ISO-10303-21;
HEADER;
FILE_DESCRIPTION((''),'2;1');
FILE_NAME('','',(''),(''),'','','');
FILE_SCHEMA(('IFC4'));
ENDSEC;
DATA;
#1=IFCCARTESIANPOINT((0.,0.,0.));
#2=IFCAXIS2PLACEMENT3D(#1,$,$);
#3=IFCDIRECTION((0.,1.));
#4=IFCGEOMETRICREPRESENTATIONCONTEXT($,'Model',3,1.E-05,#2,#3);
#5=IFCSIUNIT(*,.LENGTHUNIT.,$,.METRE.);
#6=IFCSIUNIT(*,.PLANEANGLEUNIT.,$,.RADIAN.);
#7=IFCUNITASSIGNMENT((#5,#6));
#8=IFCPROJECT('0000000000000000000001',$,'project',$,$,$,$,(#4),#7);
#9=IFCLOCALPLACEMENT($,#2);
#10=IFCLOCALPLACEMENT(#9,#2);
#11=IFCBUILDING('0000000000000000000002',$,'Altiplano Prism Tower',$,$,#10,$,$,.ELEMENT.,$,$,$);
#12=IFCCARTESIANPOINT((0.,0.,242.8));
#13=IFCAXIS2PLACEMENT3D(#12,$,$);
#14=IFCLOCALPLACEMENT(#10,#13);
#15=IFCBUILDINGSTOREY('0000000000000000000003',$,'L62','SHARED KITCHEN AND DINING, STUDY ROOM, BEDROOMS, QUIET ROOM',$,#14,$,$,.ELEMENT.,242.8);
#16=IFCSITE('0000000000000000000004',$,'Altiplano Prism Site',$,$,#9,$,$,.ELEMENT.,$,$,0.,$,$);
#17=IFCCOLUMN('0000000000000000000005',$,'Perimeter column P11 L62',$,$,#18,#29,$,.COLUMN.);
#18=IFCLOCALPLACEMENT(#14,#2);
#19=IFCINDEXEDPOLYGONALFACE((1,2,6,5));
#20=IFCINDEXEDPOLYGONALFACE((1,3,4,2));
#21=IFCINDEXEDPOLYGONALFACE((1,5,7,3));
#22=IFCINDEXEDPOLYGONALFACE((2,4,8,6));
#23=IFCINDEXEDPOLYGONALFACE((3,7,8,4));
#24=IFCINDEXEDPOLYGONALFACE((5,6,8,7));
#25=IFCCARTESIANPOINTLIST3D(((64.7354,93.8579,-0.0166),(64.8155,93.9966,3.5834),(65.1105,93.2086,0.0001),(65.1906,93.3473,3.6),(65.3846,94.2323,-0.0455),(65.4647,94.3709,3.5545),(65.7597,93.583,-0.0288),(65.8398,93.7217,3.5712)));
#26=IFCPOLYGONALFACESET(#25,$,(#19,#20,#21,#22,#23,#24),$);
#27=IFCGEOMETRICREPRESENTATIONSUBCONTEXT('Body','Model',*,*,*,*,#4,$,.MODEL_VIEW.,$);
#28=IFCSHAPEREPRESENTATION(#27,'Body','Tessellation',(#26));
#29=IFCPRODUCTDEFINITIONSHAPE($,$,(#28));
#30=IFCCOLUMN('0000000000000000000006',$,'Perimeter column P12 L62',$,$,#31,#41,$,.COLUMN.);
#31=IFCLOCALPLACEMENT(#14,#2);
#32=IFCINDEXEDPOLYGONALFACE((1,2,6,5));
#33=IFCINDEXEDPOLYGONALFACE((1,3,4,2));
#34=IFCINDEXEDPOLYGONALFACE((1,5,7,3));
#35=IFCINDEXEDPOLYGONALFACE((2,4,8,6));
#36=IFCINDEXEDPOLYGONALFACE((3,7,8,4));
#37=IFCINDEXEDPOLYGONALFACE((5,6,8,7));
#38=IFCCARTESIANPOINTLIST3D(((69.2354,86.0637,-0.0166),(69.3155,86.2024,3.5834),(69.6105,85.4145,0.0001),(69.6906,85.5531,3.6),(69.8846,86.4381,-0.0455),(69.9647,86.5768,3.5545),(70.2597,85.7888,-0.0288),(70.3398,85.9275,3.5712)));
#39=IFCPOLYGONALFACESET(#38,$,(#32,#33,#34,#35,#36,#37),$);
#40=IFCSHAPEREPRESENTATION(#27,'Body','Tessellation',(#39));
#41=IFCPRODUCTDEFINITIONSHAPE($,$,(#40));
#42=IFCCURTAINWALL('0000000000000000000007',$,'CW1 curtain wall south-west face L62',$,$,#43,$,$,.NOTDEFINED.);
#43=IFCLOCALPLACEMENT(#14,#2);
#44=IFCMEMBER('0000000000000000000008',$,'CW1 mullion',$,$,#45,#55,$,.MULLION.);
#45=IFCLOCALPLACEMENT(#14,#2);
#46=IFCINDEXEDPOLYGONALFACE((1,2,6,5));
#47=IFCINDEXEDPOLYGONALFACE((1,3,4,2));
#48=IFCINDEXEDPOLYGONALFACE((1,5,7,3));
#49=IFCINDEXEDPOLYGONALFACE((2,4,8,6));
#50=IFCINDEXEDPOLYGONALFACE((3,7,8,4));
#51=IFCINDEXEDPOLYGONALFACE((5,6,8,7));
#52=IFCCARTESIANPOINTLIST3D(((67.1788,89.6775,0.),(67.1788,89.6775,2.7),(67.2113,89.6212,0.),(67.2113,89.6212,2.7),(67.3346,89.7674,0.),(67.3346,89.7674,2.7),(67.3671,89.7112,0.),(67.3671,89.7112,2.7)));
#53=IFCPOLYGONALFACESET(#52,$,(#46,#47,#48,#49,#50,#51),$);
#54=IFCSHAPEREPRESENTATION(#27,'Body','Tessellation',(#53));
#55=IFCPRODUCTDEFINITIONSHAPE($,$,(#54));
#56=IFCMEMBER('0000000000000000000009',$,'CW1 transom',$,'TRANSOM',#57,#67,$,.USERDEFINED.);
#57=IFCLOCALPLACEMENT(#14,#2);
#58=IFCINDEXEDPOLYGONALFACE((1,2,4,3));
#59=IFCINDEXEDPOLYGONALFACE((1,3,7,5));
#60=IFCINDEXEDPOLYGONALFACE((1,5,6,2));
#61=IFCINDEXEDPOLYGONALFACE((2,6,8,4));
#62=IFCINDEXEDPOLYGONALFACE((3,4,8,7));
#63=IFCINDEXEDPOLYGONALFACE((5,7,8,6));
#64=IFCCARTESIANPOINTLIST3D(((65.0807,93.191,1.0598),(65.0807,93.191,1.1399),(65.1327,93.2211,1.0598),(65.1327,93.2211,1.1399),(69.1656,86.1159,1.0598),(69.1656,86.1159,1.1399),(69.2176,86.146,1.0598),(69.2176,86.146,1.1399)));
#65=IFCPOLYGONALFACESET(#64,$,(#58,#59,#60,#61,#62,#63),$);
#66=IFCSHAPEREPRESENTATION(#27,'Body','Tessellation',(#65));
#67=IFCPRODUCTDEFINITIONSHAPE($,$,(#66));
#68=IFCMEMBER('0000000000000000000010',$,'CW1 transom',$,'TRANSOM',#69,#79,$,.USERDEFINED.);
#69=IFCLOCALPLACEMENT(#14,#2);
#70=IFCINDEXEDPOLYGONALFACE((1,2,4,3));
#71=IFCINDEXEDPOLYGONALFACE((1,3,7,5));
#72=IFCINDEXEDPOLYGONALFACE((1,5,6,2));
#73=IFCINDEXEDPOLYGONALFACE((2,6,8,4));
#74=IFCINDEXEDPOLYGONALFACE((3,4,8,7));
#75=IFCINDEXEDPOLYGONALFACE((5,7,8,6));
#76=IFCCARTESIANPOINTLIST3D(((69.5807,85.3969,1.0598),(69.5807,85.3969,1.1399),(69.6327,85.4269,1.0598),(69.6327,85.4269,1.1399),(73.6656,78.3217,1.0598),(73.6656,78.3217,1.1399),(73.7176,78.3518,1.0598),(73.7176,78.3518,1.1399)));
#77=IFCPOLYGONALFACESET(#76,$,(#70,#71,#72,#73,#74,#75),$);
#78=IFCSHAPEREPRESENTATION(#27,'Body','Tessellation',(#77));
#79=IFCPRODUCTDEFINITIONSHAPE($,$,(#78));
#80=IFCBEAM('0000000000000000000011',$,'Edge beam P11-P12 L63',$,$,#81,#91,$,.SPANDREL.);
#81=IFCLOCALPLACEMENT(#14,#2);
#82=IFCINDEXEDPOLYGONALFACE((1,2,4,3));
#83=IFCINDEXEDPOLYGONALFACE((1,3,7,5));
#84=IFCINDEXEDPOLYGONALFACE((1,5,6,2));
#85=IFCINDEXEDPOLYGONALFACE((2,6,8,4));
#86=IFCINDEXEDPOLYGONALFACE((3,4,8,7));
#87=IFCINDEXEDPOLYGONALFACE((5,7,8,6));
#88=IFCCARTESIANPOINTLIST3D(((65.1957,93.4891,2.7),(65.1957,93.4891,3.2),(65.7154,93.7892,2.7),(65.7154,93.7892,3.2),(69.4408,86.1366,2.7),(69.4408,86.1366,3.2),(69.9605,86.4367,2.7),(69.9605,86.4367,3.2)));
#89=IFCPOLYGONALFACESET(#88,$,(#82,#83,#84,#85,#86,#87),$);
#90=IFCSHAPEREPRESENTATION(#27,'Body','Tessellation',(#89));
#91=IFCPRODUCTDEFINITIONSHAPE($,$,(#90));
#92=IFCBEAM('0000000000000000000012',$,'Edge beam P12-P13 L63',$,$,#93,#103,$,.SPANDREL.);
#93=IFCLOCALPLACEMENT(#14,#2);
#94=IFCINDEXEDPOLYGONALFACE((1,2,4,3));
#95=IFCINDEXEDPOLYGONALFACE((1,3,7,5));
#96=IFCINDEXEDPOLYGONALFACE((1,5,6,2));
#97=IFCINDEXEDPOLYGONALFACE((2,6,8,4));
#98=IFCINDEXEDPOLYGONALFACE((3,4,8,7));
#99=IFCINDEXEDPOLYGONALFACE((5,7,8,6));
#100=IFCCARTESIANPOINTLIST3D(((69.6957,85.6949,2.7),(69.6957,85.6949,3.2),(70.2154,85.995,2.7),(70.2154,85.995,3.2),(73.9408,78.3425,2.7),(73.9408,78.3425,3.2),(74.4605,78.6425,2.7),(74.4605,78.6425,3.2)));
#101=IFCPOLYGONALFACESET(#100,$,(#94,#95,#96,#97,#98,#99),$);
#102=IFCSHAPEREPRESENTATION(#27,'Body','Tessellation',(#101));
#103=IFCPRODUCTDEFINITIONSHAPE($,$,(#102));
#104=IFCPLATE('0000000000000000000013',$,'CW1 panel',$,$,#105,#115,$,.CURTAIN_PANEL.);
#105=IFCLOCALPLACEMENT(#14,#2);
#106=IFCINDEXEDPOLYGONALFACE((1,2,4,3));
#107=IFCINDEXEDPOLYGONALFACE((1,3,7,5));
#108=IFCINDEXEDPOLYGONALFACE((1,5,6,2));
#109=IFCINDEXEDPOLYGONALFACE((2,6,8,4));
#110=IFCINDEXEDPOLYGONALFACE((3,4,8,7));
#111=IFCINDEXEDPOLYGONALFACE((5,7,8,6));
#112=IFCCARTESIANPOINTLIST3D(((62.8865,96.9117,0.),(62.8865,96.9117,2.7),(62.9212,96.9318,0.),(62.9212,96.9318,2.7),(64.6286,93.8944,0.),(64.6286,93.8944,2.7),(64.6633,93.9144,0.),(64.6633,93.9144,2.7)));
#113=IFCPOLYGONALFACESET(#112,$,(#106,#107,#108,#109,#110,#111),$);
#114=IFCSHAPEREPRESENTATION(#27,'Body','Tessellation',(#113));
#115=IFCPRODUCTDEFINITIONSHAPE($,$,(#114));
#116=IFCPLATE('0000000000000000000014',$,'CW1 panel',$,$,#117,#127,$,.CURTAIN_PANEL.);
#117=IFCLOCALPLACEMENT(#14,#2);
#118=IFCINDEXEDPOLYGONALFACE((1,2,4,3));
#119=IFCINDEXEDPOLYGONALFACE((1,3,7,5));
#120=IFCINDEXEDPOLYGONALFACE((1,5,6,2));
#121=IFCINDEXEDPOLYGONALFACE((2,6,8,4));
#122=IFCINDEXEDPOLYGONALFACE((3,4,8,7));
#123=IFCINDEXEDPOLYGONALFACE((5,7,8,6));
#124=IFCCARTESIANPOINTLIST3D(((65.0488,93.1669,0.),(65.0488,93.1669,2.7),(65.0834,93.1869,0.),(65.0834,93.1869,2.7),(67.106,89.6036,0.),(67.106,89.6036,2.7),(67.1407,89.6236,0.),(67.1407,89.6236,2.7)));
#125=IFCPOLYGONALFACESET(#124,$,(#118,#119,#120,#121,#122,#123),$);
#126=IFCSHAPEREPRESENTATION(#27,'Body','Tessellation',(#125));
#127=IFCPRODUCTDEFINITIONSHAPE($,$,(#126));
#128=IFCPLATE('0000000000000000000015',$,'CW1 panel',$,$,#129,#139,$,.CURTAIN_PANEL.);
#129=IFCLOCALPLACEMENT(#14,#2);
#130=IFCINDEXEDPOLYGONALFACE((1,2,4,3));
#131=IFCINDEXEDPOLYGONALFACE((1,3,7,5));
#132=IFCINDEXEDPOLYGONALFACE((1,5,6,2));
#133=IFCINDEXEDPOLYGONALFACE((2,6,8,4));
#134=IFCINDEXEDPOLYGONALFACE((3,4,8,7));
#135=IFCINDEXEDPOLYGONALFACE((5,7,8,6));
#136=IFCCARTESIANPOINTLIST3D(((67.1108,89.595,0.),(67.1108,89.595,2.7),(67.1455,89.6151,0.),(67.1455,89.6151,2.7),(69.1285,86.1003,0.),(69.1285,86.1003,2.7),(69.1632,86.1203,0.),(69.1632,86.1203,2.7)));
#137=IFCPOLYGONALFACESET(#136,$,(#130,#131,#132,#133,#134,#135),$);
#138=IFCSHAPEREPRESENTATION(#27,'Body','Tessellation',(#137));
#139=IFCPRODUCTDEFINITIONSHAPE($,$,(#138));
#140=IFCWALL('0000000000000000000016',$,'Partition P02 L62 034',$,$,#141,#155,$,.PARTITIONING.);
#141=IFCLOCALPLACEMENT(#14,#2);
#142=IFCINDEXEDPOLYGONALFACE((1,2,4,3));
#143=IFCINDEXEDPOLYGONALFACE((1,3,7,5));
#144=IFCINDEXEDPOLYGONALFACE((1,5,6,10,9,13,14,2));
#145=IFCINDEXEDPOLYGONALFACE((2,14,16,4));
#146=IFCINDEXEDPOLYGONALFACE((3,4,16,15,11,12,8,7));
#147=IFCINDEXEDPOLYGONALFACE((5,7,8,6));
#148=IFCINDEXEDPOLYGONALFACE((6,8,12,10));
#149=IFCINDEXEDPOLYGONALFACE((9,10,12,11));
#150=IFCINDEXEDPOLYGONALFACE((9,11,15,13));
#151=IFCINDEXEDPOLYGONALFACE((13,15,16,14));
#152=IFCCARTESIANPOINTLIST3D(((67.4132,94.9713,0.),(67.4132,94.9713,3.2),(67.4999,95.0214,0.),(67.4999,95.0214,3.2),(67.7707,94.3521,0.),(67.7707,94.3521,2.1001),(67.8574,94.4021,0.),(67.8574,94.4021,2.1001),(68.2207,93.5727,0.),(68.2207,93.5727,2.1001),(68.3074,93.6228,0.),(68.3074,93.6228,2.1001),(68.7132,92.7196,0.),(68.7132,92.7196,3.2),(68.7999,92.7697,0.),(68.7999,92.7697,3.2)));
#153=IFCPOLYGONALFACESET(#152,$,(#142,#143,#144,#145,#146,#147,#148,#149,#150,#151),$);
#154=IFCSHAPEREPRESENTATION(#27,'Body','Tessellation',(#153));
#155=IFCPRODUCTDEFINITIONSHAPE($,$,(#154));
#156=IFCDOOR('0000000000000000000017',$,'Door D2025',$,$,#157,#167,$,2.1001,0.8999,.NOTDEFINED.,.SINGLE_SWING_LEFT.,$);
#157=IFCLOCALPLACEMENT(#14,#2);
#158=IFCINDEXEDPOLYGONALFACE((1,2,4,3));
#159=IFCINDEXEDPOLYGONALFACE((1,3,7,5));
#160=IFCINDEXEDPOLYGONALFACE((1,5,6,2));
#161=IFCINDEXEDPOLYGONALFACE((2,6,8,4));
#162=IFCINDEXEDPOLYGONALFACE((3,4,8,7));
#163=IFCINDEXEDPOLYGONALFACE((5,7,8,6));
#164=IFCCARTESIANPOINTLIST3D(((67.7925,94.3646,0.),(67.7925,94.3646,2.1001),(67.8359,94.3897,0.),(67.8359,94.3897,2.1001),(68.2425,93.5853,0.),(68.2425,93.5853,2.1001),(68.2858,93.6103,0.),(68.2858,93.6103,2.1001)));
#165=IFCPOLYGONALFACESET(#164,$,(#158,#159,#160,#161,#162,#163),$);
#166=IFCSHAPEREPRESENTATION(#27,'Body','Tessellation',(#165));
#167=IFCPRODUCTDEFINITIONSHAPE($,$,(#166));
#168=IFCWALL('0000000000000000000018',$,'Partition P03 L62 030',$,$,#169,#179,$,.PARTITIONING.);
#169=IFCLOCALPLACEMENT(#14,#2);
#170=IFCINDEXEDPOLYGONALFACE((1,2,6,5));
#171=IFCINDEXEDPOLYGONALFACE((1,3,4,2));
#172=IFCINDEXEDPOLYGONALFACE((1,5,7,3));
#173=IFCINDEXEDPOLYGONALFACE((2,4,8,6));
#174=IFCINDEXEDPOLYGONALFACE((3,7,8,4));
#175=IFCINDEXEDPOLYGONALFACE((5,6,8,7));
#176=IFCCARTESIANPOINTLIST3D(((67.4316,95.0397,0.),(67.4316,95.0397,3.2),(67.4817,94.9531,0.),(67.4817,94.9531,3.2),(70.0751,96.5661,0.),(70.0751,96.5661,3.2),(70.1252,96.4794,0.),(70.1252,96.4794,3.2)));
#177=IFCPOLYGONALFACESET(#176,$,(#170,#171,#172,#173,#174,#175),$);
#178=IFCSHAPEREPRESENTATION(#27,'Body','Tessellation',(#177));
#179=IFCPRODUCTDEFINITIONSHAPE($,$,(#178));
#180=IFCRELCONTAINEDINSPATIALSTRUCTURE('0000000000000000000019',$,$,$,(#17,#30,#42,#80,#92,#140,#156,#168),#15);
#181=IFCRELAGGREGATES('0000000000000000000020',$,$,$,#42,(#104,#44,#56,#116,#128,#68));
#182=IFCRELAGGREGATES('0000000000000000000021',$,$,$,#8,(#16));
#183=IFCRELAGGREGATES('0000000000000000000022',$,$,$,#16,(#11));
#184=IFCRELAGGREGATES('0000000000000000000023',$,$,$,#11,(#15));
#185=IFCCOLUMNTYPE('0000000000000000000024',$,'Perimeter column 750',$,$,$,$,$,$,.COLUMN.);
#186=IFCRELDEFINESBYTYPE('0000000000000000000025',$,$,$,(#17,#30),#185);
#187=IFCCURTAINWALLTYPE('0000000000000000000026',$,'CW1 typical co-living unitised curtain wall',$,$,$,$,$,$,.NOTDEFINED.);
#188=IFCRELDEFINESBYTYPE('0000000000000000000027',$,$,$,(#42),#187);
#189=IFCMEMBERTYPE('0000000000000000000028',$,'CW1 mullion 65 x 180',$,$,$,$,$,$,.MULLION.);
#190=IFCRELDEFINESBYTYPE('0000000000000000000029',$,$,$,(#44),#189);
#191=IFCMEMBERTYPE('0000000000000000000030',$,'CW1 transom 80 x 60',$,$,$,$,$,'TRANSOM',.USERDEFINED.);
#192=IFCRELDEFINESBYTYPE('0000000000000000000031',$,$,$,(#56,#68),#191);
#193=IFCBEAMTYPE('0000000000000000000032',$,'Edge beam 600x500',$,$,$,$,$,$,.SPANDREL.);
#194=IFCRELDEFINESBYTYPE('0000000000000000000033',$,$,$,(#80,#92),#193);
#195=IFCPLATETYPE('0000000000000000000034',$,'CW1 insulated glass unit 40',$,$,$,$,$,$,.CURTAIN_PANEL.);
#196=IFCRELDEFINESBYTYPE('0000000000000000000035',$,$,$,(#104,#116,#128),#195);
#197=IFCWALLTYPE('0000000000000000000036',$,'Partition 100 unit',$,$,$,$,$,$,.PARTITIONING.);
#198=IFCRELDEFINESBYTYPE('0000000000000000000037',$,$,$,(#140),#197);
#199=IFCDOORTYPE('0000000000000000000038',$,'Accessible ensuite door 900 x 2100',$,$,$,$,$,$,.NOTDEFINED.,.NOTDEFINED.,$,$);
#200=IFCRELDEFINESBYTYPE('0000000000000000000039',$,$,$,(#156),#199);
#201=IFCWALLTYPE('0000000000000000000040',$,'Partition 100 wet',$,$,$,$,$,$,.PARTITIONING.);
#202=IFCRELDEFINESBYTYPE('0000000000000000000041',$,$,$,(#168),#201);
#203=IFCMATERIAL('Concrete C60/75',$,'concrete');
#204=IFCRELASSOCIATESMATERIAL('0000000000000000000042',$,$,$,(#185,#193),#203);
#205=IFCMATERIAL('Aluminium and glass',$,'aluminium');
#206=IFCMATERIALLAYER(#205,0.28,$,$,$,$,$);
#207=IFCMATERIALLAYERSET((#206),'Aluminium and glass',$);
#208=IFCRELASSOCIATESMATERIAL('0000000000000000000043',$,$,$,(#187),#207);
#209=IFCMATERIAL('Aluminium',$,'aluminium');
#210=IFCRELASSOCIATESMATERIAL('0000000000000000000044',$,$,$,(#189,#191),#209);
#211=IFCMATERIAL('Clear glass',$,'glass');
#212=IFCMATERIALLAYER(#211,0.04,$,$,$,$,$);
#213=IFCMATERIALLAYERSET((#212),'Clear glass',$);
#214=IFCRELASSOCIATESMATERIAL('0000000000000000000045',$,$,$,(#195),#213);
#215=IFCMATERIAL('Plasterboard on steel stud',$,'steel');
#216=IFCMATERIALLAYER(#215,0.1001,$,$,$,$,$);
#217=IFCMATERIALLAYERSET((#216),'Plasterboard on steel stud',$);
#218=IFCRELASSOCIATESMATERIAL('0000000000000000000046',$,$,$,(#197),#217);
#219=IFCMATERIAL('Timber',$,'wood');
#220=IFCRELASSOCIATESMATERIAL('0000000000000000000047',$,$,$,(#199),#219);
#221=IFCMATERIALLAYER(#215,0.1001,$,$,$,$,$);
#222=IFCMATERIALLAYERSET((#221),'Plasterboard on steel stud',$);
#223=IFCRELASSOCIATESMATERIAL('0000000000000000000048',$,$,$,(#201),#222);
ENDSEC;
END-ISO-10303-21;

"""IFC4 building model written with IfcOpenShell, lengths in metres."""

from ifc_helpers import new_model, si_unit, direction, frame, frame_2d, origin, origin_2d, place, context, subcontext, project, spatial, rectangle, extrude, material, layer, layer_set, material_profile, profile_set, type_object, element, fill, aggregate, save


model = new_model("IFC4")

# Units and contexts
model_context = context("Model", 3, precision=1e-05, world=origin(), true_north=direction((0.0, 1.0)))
body_context = subcontext(model_context, "Body", "Model", "MODEL_VIEW")
ifc_project = project(units=[si_unit("LENGTHUNIT", "METRE"), si_unit("PLANEANGLEUNIT", "RADIAN")], contexts=[model_context])

# Site, building, storey
site_placement = place(None, origin())
site = spatial("IfcSite", under=ifc_project, at=site_placement, Name="Altiplano Prism Site", CompositionType="ELEMENT", RefElevation=0.0)
building_placement = place(site_placement, origin())
building = spatial("IfcBuilding", under=site, at=building_placement, Name="Altiplano Prism Tower", CompositionType="ELEMENT")
storey_placement = place(building_placement, frame((0.0, 0.0, 242.8)))
storey = spatial("IfcBuildingStorey", under=building, at=storey_placement, Name="L62", Description="SHARED KITCHEN AND DINING, STUDY ROOM, BEDROOMS, QUIET ROOM", CompositionType="ELEMENT", Elevation=242.8)

# Columns
ifc_material_1 = material(Name="Concrete C60/75", Category="concrete")
ifc_material_profile_1 = material_profile(ifc_material_1, rectangle(XDim=0.75, YDim=0.75, at=origin_2d()), Name="Perimeter column 750")
ifc_profile_set_1 = profile_set([ifc_material_profile_1], Name="Concrete C60/75")
column_type = type_object("IfcColumnType", Name="Perimeter column 750", PredefinedType="COLUMN", material=ifc_profile_set_1)
for number, where, z_axis, x_axis, name in (
    (1, (65.2476, 93.7205, -0.0227), (0.022223, 0.038483, 0.999012), (-0.865642, -0.499182, 0.038485), "Perimeter column P11 L62"),
    (2, (69.7476, 85.9263, -0.0227), (0.022223, 0.038483, 0.999012), (-0.865642, -0.499182, 0.038485), "Perimeter column P12 L62"),
):
    element("IfcColumn", number, at=place(storey_placement, frame(where, z_axis=z_axis, x_axis=x_axis)), inside=storey, type_object=column_type, Name=name, PredefinedType="COLUMN", context=body_context, shape_type="SweptSolid", body=[
        extrude(rectangle(XDim=0.75, YDim=0.75, at=origin_2d()), origin(), (0.0, 0.0, 1.0), 3.6035),
    ])

# Curtain wall, members
ifc_material_2 = material(Name="Aluminium and glass", Category="aluminium")
ifc_layer_1 = layer(ifc_material_2, 0.28)
ifc_layer_set_1 = layer_set([ifc_layer_1], Name="Aluminium and glass")
curtain_wall_type = type_object("IfcCurtainWallType", Name="CW1 typical co-living unitised curtain wall", PredefinedType="NOTDEFINED", material=ifc_layer_set_1)
curtain_wall_placement = place(storey_placement, origin())
curtain_wall = element("IfcCurtainWall", 3, at=curtain_wall_placement, inside=storey, type_object=curtain_wall_type, Name="CW1 curtain wall south-west face L62", PredefinedType="NOTDEFINED")
ifc_material_3 = material(Name="Aluminium", Category="aluminium")
ifc_material_profile_2 = material_profile(ifc_material_3, rectangle(XDim=0.1799, YDim=0.0649, at=origin_2d()), Name="CW1 mullion 65 x 180")
ifc_profile_set_2 = profile_set([ifc_material_profile_2], Name="Aluminium")
member_type_1 = type_object("IfcMemberType", Name="CW1 mullion 65 x 180", PredefinedType="MULLION", material=ifc_profile_set_2)
member_1_placement = place(storey_placement, frame((67.2729, 89.6943, 0.0), z_axis=(0.0, 0.0, 1.0), x_axis=(0.866025, 0.5, 0.0)))
member_1 = element("IfcMember", 4, at=member_1_placement, type_object=member_type_1, Name="CW1 mullion", PredefinedType="MULLION", context=body_context, shape_type="SweptSolid", body=[
    extrude(rectangle(XDim=0.1799, YDim=0.0649, at=origin_2d()), origin(), (0.0, 0.0, 1.0), 2.7),
])
ifc_material_profile_3 = material_profile(ifc_material_3, rectangle(XDim=0.0601, YDim=0.0801, at=origin_2d()), Name="CW1 transom 80 x 60")
ifc_profile_set_3 = profile_set([ifc_material_profile_3], Name="Aluminium")
member_type_2 = type_object("IfcMemberType", Name="CW1 transom 80 x 60", ElementType="TRANSOM", PredefinedType="USERDEFINED", material=ifc_profile_set_3)
member_2_placement = place(storey_placement, frame((65.1067, 93.2061, 1.0999), z_axis=(0.500009, -0.86602, 0.0), x_axis=(0.86602, 0.500009, 0.0)))
member_2 = element("IfcMember", 5, at=member_2_placement, type_object=member_type_2, Name="CW1 transom", ObjectType="TRANSOM", PredefinedType="USERDEFINED", context=body_context, shape_type="SweptSolid", body=[
    extrude(rectangle(XDim=0.0601, YDim=0.0801, at=origin_2d()), origin(), (0.0, 0.0, 1.0), 8.1697),
])
member_3_placement = place(storey_placement, frame((69.6067, 85.4119, 1.0999), z_axis=(0.500009, -0.86602, 0.0), x_axis=(0.86602, 0.500009, 0.0)))
member_3 = element("IfcMember", 6, at=member_3_placement, type_object=member_type_2, Name="CW1 transom", ObjectType="TRANSOM", PredefinedType="USERDEFINED", context=body_context, shape_type="SweptSolid", body=[
    extrude(rectangle(XDim=0.0601, YDim=0.0801, at=origin_2d()), origin(), (0.0, 0.0, 1.0), 8.1697),
])

# Beams
ifc_material_profile_4 = material_profile(ifc_material_1, rectangle(XDim=0.6001, YDim=0.5, at=origin_2d()), Name="Edge beam 600x500")
ifc_profile_set_4 = profile_set([ifc_material_profile_4], Name="Concrete C60/75")
beam_type = type_object("IfcBeamType", Name="Edge beam 600x500", PredefinedType="SPANDREL", material=ifc_profile_set_4)
for number, where, z_axis, x_axis, name in (
    (7, (65.4556, 93.6392, 2.95), (0.500011, -0.866019, 0.0), (0.866019, 0.500011, 0.0), "Edge beam P11-P12 L63"),
    (8, (69.9556, 85.845, 2.95), (0.500011, -0.866019, 0.0), (0.866019, 0.500011, 0.0), "Edge beam P12-P13 L63"),
):
    element("IfcBeam", number, at=place(storey_placement, frame(where, z_axis=z_axis, x_axis=x_axis)), inside=storey, type_object=beam_type, Name=name, PredefinedType="SPANDREL", context=body_context, shape_type="SweptSolid", body=[
        extrude(rectangle(XDim=0.6001, YDim=0.5, at=origin_2d()), origin(), (0.0, 0.0, 1.0), 8.49),
    ])

# Plates
ifc_material_4 = material(Name="Clear glass", Category="glass")
ifc_layer_2 = layer(ifc_material_4, 0.04)
ifc_layer_set_2 = layer_set([ifc_layer_2], Name="Clear glass")
plate_type = type_object("IfcPlateType", Name="CW1 insulated glass unit 40", PredefinedType="CURTAIN_PANEL", material=ifc_layer_set_2)
plate_1_placement = place(storey_placement, frame((63.7749, 95.4131, 0.0), z_axis=(0.0, 0.0, 1.0), x_axis=(0.5, -0.866025, 0.0)))
plate_1 = element("IfcPlate", 9, at=plate_1_placement, type_object=plate_type, Name="CW1 panel", PredefinedType="CURTAIN_PANEL", context=body_context, shape_type="SweptSolid", body=[
    extrude(rectangle(XDim=3.4841, YDim=0.04, at=origin_2d()), origin(), (0.0, 0.0, 1.0), 2.7),
])
plate_2_placement = place(storey_placement, frame((66.0947, 91.3953, 0.0), z_axis=(0.0, 0.0, 1.0), x_axis=(0.5, -0.866025, 0.0)))
plate_2 = element("IfcPlate", 10, at=plate_2_placement, type_object=plate_type, Name="CW1 panel", PredefinedType="CURTAIN_PANEL", context=body_context, shape_type="SweptSolid", body=[
    extrude(rectangle(XDim=4.1145, YDim=0.04, at=origin_2d()), origin(), (0.0, 0.0, 1.0), 2.7),
])
plate_3_placement = place(storey_placement, frame((68.137, 87.8577, 0.0), z_axis=(0.0, 0.0, 1.0), x_axis=(0.5, -0.866025, 0.0)))
plate_3 = element("IfcPlate", 11, at=plate_3_placement, type_object=plate_type, Name="CW1 panel", PredefinedType="CURTAIN_PANEL", context=body_context, shape_type="SweptSolid", body=[
    extrude(rectangle(XDim=4.0354, YDim=0.04, at=origin_2d()), origin(), (0.0, 0.0, 1.0), 2.7),
])
aggregate(curtain_wall, [plate_1, member_1, member_2, plate_2, plate_3, member_3])

# Wall, opening, door
ifc_material_5 = material(Name="Plasterboard on steel stud", Category="steel")
ifc_layer_3 = layer(ifc_material_5, 0.1001)
ifc_layer_set_3 = layer_set([ifc_layer_3], Name="Plasterboard on steel stud")
wall_type_1 = type_object("IfcWallType", Name="Partition 100 unit", PredefinedType="PARTITIONING", material=ifc_layer_set_3)
wall_1_placement = place(storey_placement, frame((68.7566, 92.7446, 0.0), z_axis=(0.0, 0.0, 1.0), x_axis=(-0.500007, 0.866021, 0.0)))
wall_1 = element("IfcWall", 12, at=wall_1_placement, inside=storey, type_object=wall_type_1, Name="Partition P02 L62 034", PredefinedType="PARTITIONING", context=body_context, shape_type="SweptSolid", body=[
    extrude(rectangle(XDim=2.6001, YDim=0.1001, at=frame_2d((1.3, 0.0))), origin(), (0.0, 0.0, 1.0), 3.2),
])
opening_placement = place(wall_1_placement, frame((0.9851, 0.0, 0.0)))
opening = element("IfcOpeningElement", 13, at=opening_placement, cuts=wall_1, PredefinedType="OPENING", context=body_context, shape_type="SweptSolid", body=[
    extrude(rectangle(XDim=0.8999, YDim=2.1001, at=frame_2d((0.45, 1.05))), frame((0.0, 0.0605, 0.0), z_axis=(0.0, -1.0, 0.0), x_axis=(1.0, 0.0, 0.0)), (0.0, 0.0, 1.0), 0.1211),
])
ifc_material_6 = material(Name="Timber", Category="wood")
door_type = type_object("IfcDoorType", Name="Accessible ensuite door 900 x 2100", OperationType="NOTDEFINED", PredefinedType="NOTDEFINED", material=ifc_material_6)
door_placement = place(opening_placement, origin())
door = element("IfcDoor", 14, at=door_placement, inside=storey, type_object=door_type, Name="Door D2025", OperationType="SINGLE_SWING_LEFT", OverallHeight=2.1001, OverallWidth=0.8999, PredefinedType="NOTDEFINED", context=body_context, shape_type="SweptSolid", body=[
    extrude(rectangle(XDim=0.8999, YDim=2.1001, at=frame_2d((0.45, 1.05))), frame((0.0, 0.0249, 0.0), z_axis=(0.0, -1.0, 0.0), x_axis=(1.0, 0.0, 0.0)), (0.0, 0.0, 1.0), 0.05),
])
fill(opening, door)

# Wall
ifc_layer_4 = layer(ifc_material_5, 0.1001)
ifc_layer_set_4 = layer_set([ifc_layer_4], Name="Plasterboard on steel stud")
wall_type_2 = type_object("IfcWallType", Name="Partition 100 wet", PredefinedType="PARTITIONING", material=ifc_layer_set_4)
wall_2_placement = place(storey_placement, frame((67.4565, 94.9963, 0.0), z_axis=(0.0, 0.0, 1.0), x_axis=(0.86601, 0.500027, 0.0)))
element("IfcWall", 15, at=wall_2_placement, inside=storey, type_object=wall_type_2, Name="Partition P03 L62 030", PredefinedType="PARTITIONING", context=body_context, shape_type="SweptSolid", body=[
    extrude(rectangle(XDim=3.0525, YDim=0.1001, at=frame_2d((1.5264, 0.0))), origin(), (0.0, 0.0, 1.0), 3.2),
])

save(model, "model.ifc")
